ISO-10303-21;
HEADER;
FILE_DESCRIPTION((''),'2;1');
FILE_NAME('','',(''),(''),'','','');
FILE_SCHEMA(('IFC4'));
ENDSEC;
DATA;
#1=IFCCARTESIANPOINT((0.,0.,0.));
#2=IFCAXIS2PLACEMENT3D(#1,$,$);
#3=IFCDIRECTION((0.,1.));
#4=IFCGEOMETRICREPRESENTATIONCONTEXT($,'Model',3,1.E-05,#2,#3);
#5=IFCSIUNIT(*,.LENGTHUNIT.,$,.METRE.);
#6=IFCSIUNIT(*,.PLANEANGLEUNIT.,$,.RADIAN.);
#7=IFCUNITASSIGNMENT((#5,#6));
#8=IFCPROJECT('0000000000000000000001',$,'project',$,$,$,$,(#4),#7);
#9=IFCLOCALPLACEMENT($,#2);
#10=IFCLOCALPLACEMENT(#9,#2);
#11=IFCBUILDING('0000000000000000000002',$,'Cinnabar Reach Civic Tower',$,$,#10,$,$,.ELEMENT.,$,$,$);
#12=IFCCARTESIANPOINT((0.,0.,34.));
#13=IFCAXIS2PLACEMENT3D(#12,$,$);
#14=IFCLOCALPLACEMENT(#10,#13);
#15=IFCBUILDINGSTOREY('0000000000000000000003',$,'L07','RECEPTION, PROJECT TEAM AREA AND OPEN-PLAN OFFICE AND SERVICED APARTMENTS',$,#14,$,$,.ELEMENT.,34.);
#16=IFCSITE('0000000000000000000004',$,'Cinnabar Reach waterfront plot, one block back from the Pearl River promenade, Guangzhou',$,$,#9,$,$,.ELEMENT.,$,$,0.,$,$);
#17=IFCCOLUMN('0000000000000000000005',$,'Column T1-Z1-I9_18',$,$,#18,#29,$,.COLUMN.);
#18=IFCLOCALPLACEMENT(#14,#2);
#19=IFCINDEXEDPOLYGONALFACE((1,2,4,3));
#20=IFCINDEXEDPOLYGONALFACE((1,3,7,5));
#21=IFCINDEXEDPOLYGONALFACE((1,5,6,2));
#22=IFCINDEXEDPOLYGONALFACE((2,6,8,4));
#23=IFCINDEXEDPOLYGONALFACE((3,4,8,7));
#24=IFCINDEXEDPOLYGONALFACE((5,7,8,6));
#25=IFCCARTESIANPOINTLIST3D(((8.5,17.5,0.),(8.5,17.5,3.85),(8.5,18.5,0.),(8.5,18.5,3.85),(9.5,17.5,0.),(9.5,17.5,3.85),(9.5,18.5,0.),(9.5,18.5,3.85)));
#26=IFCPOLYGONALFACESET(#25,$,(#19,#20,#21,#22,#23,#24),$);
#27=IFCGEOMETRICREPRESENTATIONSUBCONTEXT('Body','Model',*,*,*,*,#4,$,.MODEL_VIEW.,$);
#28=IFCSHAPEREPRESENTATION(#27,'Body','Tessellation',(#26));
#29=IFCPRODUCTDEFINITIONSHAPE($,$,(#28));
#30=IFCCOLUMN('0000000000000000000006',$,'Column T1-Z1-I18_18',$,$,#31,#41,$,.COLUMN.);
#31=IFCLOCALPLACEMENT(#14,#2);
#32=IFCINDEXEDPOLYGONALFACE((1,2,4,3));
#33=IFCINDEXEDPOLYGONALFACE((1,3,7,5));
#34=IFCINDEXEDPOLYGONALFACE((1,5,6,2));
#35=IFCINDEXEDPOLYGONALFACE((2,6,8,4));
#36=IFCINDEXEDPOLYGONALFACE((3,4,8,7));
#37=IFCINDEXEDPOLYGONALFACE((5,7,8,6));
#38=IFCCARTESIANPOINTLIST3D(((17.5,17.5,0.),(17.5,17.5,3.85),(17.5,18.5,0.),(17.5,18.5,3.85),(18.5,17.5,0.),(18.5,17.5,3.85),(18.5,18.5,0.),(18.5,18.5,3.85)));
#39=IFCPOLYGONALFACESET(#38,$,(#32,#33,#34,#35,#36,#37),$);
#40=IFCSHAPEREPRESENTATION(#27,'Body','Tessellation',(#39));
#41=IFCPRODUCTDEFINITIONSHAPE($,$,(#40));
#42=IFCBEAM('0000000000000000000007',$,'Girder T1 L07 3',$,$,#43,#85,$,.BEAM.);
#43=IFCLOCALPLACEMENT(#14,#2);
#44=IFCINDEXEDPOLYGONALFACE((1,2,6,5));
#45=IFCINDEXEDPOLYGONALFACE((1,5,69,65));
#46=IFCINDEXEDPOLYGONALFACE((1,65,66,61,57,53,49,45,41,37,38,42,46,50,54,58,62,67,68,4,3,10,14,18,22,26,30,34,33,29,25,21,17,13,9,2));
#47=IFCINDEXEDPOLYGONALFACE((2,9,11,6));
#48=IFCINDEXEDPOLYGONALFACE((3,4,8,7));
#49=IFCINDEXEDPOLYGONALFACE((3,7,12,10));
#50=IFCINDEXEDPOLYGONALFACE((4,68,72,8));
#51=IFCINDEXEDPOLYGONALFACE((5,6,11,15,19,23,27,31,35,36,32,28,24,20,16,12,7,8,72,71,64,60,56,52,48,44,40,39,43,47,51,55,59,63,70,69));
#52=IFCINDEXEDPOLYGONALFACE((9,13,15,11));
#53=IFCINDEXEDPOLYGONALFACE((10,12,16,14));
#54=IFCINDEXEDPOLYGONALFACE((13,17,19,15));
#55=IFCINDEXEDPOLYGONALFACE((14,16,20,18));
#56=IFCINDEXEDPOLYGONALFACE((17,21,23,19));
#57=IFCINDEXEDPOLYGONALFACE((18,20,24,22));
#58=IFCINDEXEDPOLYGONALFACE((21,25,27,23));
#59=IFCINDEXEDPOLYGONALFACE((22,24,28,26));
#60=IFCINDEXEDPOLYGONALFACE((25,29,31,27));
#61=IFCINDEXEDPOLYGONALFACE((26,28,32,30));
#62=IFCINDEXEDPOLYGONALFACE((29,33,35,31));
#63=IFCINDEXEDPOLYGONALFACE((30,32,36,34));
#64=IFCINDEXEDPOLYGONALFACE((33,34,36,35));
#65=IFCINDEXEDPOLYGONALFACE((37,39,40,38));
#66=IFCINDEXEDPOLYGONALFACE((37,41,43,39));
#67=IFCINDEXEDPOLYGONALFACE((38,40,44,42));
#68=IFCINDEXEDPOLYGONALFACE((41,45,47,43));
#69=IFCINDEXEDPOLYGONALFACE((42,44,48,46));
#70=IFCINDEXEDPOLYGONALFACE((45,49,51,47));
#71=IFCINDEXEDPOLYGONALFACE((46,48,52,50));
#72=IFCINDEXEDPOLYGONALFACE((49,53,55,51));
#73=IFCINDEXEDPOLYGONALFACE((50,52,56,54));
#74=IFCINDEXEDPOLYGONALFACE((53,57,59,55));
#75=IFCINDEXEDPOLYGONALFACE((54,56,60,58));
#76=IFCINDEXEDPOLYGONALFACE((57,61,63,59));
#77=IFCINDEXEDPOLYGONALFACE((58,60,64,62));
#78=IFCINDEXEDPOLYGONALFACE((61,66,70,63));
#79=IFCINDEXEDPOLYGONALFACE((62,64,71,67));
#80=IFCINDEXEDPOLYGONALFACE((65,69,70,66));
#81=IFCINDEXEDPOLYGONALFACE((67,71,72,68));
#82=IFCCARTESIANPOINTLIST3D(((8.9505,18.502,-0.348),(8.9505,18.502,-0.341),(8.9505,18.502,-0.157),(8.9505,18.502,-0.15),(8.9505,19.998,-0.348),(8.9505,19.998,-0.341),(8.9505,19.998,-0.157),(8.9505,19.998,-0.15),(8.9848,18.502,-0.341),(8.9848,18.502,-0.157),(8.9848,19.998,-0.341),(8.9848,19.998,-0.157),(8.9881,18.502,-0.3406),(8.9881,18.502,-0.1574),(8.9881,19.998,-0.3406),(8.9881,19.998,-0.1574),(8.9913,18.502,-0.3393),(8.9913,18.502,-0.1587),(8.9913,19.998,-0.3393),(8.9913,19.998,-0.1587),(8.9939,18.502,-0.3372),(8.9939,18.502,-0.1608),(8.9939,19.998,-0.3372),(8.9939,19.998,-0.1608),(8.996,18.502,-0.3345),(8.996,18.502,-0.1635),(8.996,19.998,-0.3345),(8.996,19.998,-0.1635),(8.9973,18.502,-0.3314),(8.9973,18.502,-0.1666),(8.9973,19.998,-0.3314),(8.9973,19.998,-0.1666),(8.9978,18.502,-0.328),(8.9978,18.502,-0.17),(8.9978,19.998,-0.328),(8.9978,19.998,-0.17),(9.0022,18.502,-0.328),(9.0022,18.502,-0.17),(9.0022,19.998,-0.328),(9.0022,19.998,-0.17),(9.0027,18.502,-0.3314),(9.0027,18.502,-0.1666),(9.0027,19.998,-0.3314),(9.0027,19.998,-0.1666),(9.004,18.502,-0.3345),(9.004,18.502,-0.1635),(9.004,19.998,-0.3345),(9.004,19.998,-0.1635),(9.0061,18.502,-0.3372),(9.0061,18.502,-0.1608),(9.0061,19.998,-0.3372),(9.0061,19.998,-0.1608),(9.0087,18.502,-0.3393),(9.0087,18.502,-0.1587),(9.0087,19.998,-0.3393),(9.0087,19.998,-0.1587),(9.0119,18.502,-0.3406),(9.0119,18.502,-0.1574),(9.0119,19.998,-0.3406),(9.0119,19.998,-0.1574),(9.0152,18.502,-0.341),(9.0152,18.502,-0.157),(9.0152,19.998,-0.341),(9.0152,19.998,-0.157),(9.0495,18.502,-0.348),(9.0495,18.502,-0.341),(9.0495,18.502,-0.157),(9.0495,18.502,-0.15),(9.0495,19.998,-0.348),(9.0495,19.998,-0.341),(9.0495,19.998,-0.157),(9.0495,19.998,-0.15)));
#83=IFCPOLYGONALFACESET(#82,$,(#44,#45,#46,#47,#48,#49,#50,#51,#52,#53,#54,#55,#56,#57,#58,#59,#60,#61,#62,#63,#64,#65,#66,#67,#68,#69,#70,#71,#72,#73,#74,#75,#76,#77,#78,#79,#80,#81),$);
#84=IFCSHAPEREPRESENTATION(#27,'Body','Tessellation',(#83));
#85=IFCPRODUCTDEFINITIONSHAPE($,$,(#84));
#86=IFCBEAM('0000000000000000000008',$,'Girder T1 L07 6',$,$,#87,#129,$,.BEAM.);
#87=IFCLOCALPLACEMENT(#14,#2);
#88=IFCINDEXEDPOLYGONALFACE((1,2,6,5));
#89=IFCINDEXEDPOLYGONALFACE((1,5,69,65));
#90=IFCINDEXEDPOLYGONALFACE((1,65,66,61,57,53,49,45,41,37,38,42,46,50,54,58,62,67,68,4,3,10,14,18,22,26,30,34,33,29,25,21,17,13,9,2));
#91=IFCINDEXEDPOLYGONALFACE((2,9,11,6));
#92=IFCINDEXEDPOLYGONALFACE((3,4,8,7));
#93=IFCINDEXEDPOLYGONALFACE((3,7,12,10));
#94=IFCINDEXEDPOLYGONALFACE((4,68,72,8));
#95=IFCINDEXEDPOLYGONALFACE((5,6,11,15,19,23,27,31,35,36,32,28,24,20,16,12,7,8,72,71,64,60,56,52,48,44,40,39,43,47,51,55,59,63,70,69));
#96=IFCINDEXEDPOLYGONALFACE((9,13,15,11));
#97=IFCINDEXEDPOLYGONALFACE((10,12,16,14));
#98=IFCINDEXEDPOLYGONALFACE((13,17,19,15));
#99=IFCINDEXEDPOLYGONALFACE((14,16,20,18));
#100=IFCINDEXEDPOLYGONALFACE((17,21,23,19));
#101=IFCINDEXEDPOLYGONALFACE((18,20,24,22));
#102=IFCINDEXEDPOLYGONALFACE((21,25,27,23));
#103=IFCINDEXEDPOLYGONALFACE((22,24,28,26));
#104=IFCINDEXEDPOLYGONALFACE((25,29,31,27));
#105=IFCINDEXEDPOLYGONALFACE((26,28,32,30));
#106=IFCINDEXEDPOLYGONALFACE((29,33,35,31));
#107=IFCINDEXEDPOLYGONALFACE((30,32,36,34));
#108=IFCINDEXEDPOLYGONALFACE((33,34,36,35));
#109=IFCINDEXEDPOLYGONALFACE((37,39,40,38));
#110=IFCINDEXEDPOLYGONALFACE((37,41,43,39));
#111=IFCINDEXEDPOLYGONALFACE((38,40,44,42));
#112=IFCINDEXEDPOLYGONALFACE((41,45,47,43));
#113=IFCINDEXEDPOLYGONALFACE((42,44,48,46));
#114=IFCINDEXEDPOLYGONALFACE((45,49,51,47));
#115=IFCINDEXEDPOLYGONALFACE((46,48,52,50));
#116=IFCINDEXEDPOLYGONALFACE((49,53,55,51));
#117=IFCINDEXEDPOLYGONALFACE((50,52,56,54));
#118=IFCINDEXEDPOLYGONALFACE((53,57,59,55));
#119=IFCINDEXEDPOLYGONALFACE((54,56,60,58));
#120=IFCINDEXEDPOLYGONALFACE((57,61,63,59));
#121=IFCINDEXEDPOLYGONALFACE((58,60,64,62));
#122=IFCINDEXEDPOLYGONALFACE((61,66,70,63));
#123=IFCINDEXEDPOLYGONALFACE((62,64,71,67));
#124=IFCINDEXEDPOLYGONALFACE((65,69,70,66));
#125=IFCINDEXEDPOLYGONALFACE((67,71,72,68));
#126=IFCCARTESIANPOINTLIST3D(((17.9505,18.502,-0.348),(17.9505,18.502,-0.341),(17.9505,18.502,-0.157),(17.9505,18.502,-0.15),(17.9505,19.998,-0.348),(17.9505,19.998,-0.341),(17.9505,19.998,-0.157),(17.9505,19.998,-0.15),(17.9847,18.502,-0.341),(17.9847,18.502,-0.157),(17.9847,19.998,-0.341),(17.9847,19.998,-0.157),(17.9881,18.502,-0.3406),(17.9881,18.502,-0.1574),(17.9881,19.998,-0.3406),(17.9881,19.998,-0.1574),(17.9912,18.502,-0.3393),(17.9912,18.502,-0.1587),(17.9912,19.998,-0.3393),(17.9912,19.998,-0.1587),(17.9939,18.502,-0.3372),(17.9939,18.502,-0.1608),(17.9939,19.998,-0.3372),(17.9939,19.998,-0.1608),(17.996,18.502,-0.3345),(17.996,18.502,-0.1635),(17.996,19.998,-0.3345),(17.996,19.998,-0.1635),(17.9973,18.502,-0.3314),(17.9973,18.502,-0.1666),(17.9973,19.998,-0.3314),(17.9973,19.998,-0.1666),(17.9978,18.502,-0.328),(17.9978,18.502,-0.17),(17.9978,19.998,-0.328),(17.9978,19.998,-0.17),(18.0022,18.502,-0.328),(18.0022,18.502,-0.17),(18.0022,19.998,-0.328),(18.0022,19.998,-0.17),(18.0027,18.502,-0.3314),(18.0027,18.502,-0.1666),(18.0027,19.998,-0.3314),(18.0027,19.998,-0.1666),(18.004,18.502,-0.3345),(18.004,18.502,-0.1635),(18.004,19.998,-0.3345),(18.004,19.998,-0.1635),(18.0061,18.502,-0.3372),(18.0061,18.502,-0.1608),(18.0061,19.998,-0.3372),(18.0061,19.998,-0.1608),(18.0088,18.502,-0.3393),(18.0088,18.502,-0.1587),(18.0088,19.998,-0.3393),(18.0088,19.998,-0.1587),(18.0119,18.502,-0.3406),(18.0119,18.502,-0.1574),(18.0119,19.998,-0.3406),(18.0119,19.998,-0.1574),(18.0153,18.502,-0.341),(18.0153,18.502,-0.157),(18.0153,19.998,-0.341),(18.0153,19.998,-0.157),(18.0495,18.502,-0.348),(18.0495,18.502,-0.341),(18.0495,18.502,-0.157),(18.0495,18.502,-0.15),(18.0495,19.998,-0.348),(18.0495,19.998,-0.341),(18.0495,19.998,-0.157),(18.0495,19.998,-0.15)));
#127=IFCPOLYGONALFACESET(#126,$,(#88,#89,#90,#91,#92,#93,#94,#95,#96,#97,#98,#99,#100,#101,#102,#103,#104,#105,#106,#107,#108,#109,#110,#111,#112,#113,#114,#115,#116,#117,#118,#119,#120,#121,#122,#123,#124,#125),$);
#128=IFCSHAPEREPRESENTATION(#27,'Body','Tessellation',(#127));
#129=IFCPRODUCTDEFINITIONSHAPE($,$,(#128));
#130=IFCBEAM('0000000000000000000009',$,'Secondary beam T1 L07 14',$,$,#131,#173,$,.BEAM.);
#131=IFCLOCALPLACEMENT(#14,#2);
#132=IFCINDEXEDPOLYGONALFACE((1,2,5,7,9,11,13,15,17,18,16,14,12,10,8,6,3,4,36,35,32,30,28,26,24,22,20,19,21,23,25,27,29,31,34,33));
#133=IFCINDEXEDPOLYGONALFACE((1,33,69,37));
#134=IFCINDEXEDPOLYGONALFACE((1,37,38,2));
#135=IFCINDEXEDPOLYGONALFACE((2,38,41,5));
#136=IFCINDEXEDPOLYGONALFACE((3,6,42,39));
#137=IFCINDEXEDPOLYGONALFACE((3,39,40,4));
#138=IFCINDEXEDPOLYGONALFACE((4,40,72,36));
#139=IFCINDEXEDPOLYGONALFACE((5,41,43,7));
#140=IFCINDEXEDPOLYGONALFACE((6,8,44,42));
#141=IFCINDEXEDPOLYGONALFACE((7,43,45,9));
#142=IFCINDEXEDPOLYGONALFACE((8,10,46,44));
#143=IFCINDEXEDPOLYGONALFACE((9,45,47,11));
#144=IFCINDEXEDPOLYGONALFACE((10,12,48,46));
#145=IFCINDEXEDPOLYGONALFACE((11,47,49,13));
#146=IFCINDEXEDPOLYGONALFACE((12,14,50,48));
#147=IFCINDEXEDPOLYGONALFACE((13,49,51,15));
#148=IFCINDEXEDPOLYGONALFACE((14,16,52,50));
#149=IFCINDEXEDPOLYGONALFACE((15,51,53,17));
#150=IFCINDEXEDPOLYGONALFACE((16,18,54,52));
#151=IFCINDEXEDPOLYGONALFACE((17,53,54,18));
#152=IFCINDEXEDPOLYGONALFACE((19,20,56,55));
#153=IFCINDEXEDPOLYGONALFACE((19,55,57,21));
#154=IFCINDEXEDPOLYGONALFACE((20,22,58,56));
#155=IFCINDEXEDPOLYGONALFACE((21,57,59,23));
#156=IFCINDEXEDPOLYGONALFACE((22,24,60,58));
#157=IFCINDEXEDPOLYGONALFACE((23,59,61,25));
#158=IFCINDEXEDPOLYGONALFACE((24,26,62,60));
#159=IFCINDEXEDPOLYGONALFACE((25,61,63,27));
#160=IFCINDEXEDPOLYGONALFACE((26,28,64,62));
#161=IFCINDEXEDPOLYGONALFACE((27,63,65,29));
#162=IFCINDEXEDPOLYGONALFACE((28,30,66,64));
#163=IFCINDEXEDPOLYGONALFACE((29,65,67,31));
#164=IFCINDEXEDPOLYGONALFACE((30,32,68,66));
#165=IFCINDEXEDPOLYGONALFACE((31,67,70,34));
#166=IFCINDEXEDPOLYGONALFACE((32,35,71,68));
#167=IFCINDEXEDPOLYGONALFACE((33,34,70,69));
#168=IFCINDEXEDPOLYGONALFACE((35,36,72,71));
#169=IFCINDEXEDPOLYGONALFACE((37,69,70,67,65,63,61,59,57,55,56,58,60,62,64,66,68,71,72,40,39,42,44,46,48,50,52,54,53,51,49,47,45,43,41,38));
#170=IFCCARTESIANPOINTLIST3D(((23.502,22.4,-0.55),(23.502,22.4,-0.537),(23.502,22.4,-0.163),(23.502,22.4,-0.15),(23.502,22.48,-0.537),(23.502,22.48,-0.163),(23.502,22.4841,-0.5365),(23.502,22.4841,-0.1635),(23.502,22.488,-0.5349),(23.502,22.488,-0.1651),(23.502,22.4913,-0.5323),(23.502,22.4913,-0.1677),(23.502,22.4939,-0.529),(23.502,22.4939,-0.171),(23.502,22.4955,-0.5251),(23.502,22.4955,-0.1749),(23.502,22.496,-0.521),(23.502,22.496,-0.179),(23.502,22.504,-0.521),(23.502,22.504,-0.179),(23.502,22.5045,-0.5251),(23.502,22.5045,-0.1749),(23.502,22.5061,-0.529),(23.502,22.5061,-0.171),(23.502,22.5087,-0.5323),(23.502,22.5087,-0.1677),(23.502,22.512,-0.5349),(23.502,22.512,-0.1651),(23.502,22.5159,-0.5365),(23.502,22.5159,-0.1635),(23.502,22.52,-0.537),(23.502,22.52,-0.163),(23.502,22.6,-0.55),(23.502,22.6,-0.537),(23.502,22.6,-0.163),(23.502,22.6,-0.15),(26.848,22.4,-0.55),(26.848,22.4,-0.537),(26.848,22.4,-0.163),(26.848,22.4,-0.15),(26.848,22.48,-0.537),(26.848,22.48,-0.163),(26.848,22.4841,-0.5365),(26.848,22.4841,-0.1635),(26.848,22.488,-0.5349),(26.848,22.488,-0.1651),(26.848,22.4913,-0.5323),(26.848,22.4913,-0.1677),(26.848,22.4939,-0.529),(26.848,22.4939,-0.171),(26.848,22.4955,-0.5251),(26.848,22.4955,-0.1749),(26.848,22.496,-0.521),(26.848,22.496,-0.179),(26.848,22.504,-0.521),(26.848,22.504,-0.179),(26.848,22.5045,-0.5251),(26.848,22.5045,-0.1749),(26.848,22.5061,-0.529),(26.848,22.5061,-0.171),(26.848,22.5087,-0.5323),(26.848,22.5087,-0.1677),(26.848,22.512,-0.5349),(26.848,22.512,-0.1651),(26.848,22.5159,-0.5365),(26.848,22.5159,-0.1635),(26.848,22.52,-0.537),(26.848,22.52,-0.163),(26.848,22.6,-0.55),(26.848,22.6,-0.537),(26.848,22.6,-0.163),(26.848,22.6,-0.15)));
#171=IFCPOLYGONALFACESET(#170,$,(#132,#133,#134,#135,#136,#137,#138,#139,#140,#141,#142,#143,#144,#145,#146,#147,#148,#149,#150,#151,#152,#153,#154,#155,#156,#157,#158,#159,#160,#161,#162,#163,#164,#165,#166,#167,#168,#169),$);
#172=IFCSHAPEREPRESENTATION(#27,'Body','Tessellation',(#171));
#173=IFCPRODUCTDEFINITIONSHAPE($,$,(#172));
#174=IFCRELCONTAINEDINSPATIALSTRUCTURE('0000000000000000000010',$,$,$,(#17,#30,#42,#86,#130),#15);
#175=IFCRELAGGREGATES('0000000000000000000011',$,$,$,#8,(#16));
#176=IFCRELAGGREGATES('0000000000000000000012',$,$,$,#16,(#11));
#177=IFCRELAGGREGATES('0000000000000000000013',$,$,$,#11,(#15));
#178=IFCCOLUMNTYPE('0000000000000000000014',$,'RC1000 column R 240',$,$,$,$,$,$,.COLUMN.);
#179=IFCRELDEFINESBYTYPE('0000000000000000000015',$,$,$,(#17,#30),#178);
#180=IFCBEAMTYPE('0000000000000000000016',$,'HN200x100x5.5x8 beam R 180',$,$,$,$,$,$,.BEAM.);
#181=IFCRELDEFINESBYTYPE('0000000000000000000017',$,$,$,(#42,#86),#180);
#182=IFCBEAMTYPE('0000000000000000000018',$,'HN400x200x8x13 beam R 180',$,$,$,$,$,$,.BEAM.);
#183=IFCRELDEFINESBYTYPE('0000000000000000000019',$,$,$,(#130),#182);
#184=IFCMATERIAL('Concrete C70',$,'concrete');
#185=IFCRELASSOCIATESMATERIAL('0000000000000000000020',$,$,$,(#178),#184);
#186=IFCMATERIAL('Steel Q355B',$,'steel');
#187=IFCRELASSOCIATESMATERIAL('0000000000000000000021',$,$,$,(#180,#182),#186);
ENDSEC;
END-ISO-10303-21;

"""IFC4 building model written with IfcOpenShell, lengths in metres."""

from ifc_helpers import new_model, si_unit, direction, frame, origin, origin_2d, place, context, subcontext, project, spatial, rectangle, i_section, extrude, material, material_profile, profile_set, type_object, element, save


model = new_model("IFC4")

# Units and contexts
model_context = context("Model", 3, precision=1e-05, world=origin(), true_north=direction((0.0, 1.0)))
body_context = subcontext(model_context, "Body", "Model", "MODEL_VIEW")
ifc_project = project(units=[si_unit("LENGTHUNIT", "METRE"), si_unit("PLANEANGLEUNIT", "RADIAN")], contexts=[model_context])

# Site, building, storey
site_placement = place(None, origin())
site = spatial("IfcSite", under=ifc_project, at=site_placement, Name="Cinnabar Reach waterfront plot, one block back from the Pearl River promenade, Guangzhou", CompositionType="ELEMENT", RefElevation=0.0)
building_placement = place(site_placement, origin())
building = spatial("IfcBuilding", under=site, at=building_placement, Name="Cinnabar Reach Civic Tower", CompositionType="ELEMENT")
storey_placement = place(building_placement, frame((0.0, 0.0, 34.0)))
storey = spatial("IfcBuildingStorey", under=building, at=storey_placement, Name="L07", Description="RECEPTION, PROJECT TEAM AREA AND OPEN-PLAN OFFICE AND SERVICED APARTMENTS", CompositionType="ELEMENT", Elevation=34.0)

# Columns
ifc_material_1 = material(Name="Concrete C70", Category="concrete")
ifc_material_profile_1 = material_profile(ifc_material_1, rectangle(XDim=1.0, YDim=1.0, at=origin_2d()), Name="RC1000")
ifc_profile_set_1 = profile_set([ifc_material_profile_1], Name="Concrete C70")
column_type = type_object("IfcColumnType", Name="RC1000 column R 240", PredefinedType="COLUMN", material=ifc_profile_set_1)
for number, where, z_axis, x_axis, name in (
    (1, (9.0, 18.0, 0.0), (0.0, 0.0, 1.0), (1.0, 0.0, 0.0), "Column T1-Z1-I9_18"),
    (2, (18.0, 18.0, 0.0), (0.0, 0.0, 1.0), (1.0, 0.0, 0.0), "Column T1-Z1-I18_18"),
):
    element("IfcColumn", number, at=place(storey_placement, frame(where, z_axis=z_axis, x_axis=x_axis)), inside=storey, type_object=column_type, Name=name, PredefinedType="COLUMN", context=body_context, shape_type="SweptSolid", body=[
        extrude(rectangle(XDim=1.0, YDim=1.0, at=origin_2d()), origin(), (0.0, 0.0, 1.0), 3.85),
    ])

# Beams
ifc_material_2 = material(Name="Steel Q355B", Category="steel")
ifc_material_profile_2 = material_profile(ifc_material_2, i_section(OverallWidth=0.099, OverallDepth=0.198, WebThickness=0.0045, FlangeThickness=0.007, FilletRadius=0.013, at=origin_2d()), Name="HN200x100x5.5x8")
ifc_profile_set_2 = profile_set([ifc_material_profile_2], Name="Steel Q355B")
beam_type_1 = type_object("IfcBeamType", Name="HN200x100x5.5x8 beam R 180", PredefinedType="BEAM", material=ifc_profile_set_2)
for number, where, z_axis, x_axis, name in (
    (3, (9.0, 18.502, -0.249), (0.0, 1.0, 0.0), (-1.0, 0.0, 0.0), "Girder T1 L07 3"),
    (4, (18.0, 18.502, -0.249), (0.0, 1.0, 0.0), (-1.0, 0.0, 0.0), "Girder T1 L07 6"),
):
    element("IfcBeam", number, at=place(storey_placement, frame(where, z_axis=z_axis, x_axis=x_axis)), inside=storey, type_object=beam_type_1, Name=name, PredefinedType="BEAM", context=body_context, shape_type="SweptSolid", body=[
        extrude(i_section(OverallWidth=0.099, OverallDepth=0.198, WebThickness=0.0045, FlangeThickness=0.007, FilletRadius=0.013, at=origin_2d()), origin(), (0.0, 0.0, 1.0), 1.496),
    ])
ifc_material_profile_3 = material_profile(ifc_material_2, i_section(OverallWidth=0.2, OverallDepth=0.4, WebThickness=0.008, FlangeThickness=0.013, FilletRadius=0.016, at=origin_2d()), Name="HN400x200x8x13")
ifc_profile_set_3 = profile_set([ifc_material_profile_3], Name="Steel Q355B")
beam_type_2 = type_object("IfcBeamType", Name="HN400x200x8x13 beam R 180", PredefinedType="BEAM", material=ifc_profile_set_3)
beam_1_placement = place(storey_placement, frame((23.502, 22.5, -0.35), z_axis=(1.0, 0.0, 0.0), x_axis=(0.0, 1.0, 0.0)))
element("IfcBeam", 5, at=beam_1_placement, inside=storey, type_object=beam_type_2, Name="Secondary beam T1 L07 14", PredefinedType="BEAM", context=body_context, shape_type="SweptSolid", body=[
    extrude(i_section(OverallWidth=0.2, OverallDepth=0.4, WebThickness=0.008, FlangeThickness=0.013, FilletRadius=0.016, at=origin_2d()), origin(), (0.0, 0.0, 1.0), 3.346),
])

save(model, "model.ifc")
